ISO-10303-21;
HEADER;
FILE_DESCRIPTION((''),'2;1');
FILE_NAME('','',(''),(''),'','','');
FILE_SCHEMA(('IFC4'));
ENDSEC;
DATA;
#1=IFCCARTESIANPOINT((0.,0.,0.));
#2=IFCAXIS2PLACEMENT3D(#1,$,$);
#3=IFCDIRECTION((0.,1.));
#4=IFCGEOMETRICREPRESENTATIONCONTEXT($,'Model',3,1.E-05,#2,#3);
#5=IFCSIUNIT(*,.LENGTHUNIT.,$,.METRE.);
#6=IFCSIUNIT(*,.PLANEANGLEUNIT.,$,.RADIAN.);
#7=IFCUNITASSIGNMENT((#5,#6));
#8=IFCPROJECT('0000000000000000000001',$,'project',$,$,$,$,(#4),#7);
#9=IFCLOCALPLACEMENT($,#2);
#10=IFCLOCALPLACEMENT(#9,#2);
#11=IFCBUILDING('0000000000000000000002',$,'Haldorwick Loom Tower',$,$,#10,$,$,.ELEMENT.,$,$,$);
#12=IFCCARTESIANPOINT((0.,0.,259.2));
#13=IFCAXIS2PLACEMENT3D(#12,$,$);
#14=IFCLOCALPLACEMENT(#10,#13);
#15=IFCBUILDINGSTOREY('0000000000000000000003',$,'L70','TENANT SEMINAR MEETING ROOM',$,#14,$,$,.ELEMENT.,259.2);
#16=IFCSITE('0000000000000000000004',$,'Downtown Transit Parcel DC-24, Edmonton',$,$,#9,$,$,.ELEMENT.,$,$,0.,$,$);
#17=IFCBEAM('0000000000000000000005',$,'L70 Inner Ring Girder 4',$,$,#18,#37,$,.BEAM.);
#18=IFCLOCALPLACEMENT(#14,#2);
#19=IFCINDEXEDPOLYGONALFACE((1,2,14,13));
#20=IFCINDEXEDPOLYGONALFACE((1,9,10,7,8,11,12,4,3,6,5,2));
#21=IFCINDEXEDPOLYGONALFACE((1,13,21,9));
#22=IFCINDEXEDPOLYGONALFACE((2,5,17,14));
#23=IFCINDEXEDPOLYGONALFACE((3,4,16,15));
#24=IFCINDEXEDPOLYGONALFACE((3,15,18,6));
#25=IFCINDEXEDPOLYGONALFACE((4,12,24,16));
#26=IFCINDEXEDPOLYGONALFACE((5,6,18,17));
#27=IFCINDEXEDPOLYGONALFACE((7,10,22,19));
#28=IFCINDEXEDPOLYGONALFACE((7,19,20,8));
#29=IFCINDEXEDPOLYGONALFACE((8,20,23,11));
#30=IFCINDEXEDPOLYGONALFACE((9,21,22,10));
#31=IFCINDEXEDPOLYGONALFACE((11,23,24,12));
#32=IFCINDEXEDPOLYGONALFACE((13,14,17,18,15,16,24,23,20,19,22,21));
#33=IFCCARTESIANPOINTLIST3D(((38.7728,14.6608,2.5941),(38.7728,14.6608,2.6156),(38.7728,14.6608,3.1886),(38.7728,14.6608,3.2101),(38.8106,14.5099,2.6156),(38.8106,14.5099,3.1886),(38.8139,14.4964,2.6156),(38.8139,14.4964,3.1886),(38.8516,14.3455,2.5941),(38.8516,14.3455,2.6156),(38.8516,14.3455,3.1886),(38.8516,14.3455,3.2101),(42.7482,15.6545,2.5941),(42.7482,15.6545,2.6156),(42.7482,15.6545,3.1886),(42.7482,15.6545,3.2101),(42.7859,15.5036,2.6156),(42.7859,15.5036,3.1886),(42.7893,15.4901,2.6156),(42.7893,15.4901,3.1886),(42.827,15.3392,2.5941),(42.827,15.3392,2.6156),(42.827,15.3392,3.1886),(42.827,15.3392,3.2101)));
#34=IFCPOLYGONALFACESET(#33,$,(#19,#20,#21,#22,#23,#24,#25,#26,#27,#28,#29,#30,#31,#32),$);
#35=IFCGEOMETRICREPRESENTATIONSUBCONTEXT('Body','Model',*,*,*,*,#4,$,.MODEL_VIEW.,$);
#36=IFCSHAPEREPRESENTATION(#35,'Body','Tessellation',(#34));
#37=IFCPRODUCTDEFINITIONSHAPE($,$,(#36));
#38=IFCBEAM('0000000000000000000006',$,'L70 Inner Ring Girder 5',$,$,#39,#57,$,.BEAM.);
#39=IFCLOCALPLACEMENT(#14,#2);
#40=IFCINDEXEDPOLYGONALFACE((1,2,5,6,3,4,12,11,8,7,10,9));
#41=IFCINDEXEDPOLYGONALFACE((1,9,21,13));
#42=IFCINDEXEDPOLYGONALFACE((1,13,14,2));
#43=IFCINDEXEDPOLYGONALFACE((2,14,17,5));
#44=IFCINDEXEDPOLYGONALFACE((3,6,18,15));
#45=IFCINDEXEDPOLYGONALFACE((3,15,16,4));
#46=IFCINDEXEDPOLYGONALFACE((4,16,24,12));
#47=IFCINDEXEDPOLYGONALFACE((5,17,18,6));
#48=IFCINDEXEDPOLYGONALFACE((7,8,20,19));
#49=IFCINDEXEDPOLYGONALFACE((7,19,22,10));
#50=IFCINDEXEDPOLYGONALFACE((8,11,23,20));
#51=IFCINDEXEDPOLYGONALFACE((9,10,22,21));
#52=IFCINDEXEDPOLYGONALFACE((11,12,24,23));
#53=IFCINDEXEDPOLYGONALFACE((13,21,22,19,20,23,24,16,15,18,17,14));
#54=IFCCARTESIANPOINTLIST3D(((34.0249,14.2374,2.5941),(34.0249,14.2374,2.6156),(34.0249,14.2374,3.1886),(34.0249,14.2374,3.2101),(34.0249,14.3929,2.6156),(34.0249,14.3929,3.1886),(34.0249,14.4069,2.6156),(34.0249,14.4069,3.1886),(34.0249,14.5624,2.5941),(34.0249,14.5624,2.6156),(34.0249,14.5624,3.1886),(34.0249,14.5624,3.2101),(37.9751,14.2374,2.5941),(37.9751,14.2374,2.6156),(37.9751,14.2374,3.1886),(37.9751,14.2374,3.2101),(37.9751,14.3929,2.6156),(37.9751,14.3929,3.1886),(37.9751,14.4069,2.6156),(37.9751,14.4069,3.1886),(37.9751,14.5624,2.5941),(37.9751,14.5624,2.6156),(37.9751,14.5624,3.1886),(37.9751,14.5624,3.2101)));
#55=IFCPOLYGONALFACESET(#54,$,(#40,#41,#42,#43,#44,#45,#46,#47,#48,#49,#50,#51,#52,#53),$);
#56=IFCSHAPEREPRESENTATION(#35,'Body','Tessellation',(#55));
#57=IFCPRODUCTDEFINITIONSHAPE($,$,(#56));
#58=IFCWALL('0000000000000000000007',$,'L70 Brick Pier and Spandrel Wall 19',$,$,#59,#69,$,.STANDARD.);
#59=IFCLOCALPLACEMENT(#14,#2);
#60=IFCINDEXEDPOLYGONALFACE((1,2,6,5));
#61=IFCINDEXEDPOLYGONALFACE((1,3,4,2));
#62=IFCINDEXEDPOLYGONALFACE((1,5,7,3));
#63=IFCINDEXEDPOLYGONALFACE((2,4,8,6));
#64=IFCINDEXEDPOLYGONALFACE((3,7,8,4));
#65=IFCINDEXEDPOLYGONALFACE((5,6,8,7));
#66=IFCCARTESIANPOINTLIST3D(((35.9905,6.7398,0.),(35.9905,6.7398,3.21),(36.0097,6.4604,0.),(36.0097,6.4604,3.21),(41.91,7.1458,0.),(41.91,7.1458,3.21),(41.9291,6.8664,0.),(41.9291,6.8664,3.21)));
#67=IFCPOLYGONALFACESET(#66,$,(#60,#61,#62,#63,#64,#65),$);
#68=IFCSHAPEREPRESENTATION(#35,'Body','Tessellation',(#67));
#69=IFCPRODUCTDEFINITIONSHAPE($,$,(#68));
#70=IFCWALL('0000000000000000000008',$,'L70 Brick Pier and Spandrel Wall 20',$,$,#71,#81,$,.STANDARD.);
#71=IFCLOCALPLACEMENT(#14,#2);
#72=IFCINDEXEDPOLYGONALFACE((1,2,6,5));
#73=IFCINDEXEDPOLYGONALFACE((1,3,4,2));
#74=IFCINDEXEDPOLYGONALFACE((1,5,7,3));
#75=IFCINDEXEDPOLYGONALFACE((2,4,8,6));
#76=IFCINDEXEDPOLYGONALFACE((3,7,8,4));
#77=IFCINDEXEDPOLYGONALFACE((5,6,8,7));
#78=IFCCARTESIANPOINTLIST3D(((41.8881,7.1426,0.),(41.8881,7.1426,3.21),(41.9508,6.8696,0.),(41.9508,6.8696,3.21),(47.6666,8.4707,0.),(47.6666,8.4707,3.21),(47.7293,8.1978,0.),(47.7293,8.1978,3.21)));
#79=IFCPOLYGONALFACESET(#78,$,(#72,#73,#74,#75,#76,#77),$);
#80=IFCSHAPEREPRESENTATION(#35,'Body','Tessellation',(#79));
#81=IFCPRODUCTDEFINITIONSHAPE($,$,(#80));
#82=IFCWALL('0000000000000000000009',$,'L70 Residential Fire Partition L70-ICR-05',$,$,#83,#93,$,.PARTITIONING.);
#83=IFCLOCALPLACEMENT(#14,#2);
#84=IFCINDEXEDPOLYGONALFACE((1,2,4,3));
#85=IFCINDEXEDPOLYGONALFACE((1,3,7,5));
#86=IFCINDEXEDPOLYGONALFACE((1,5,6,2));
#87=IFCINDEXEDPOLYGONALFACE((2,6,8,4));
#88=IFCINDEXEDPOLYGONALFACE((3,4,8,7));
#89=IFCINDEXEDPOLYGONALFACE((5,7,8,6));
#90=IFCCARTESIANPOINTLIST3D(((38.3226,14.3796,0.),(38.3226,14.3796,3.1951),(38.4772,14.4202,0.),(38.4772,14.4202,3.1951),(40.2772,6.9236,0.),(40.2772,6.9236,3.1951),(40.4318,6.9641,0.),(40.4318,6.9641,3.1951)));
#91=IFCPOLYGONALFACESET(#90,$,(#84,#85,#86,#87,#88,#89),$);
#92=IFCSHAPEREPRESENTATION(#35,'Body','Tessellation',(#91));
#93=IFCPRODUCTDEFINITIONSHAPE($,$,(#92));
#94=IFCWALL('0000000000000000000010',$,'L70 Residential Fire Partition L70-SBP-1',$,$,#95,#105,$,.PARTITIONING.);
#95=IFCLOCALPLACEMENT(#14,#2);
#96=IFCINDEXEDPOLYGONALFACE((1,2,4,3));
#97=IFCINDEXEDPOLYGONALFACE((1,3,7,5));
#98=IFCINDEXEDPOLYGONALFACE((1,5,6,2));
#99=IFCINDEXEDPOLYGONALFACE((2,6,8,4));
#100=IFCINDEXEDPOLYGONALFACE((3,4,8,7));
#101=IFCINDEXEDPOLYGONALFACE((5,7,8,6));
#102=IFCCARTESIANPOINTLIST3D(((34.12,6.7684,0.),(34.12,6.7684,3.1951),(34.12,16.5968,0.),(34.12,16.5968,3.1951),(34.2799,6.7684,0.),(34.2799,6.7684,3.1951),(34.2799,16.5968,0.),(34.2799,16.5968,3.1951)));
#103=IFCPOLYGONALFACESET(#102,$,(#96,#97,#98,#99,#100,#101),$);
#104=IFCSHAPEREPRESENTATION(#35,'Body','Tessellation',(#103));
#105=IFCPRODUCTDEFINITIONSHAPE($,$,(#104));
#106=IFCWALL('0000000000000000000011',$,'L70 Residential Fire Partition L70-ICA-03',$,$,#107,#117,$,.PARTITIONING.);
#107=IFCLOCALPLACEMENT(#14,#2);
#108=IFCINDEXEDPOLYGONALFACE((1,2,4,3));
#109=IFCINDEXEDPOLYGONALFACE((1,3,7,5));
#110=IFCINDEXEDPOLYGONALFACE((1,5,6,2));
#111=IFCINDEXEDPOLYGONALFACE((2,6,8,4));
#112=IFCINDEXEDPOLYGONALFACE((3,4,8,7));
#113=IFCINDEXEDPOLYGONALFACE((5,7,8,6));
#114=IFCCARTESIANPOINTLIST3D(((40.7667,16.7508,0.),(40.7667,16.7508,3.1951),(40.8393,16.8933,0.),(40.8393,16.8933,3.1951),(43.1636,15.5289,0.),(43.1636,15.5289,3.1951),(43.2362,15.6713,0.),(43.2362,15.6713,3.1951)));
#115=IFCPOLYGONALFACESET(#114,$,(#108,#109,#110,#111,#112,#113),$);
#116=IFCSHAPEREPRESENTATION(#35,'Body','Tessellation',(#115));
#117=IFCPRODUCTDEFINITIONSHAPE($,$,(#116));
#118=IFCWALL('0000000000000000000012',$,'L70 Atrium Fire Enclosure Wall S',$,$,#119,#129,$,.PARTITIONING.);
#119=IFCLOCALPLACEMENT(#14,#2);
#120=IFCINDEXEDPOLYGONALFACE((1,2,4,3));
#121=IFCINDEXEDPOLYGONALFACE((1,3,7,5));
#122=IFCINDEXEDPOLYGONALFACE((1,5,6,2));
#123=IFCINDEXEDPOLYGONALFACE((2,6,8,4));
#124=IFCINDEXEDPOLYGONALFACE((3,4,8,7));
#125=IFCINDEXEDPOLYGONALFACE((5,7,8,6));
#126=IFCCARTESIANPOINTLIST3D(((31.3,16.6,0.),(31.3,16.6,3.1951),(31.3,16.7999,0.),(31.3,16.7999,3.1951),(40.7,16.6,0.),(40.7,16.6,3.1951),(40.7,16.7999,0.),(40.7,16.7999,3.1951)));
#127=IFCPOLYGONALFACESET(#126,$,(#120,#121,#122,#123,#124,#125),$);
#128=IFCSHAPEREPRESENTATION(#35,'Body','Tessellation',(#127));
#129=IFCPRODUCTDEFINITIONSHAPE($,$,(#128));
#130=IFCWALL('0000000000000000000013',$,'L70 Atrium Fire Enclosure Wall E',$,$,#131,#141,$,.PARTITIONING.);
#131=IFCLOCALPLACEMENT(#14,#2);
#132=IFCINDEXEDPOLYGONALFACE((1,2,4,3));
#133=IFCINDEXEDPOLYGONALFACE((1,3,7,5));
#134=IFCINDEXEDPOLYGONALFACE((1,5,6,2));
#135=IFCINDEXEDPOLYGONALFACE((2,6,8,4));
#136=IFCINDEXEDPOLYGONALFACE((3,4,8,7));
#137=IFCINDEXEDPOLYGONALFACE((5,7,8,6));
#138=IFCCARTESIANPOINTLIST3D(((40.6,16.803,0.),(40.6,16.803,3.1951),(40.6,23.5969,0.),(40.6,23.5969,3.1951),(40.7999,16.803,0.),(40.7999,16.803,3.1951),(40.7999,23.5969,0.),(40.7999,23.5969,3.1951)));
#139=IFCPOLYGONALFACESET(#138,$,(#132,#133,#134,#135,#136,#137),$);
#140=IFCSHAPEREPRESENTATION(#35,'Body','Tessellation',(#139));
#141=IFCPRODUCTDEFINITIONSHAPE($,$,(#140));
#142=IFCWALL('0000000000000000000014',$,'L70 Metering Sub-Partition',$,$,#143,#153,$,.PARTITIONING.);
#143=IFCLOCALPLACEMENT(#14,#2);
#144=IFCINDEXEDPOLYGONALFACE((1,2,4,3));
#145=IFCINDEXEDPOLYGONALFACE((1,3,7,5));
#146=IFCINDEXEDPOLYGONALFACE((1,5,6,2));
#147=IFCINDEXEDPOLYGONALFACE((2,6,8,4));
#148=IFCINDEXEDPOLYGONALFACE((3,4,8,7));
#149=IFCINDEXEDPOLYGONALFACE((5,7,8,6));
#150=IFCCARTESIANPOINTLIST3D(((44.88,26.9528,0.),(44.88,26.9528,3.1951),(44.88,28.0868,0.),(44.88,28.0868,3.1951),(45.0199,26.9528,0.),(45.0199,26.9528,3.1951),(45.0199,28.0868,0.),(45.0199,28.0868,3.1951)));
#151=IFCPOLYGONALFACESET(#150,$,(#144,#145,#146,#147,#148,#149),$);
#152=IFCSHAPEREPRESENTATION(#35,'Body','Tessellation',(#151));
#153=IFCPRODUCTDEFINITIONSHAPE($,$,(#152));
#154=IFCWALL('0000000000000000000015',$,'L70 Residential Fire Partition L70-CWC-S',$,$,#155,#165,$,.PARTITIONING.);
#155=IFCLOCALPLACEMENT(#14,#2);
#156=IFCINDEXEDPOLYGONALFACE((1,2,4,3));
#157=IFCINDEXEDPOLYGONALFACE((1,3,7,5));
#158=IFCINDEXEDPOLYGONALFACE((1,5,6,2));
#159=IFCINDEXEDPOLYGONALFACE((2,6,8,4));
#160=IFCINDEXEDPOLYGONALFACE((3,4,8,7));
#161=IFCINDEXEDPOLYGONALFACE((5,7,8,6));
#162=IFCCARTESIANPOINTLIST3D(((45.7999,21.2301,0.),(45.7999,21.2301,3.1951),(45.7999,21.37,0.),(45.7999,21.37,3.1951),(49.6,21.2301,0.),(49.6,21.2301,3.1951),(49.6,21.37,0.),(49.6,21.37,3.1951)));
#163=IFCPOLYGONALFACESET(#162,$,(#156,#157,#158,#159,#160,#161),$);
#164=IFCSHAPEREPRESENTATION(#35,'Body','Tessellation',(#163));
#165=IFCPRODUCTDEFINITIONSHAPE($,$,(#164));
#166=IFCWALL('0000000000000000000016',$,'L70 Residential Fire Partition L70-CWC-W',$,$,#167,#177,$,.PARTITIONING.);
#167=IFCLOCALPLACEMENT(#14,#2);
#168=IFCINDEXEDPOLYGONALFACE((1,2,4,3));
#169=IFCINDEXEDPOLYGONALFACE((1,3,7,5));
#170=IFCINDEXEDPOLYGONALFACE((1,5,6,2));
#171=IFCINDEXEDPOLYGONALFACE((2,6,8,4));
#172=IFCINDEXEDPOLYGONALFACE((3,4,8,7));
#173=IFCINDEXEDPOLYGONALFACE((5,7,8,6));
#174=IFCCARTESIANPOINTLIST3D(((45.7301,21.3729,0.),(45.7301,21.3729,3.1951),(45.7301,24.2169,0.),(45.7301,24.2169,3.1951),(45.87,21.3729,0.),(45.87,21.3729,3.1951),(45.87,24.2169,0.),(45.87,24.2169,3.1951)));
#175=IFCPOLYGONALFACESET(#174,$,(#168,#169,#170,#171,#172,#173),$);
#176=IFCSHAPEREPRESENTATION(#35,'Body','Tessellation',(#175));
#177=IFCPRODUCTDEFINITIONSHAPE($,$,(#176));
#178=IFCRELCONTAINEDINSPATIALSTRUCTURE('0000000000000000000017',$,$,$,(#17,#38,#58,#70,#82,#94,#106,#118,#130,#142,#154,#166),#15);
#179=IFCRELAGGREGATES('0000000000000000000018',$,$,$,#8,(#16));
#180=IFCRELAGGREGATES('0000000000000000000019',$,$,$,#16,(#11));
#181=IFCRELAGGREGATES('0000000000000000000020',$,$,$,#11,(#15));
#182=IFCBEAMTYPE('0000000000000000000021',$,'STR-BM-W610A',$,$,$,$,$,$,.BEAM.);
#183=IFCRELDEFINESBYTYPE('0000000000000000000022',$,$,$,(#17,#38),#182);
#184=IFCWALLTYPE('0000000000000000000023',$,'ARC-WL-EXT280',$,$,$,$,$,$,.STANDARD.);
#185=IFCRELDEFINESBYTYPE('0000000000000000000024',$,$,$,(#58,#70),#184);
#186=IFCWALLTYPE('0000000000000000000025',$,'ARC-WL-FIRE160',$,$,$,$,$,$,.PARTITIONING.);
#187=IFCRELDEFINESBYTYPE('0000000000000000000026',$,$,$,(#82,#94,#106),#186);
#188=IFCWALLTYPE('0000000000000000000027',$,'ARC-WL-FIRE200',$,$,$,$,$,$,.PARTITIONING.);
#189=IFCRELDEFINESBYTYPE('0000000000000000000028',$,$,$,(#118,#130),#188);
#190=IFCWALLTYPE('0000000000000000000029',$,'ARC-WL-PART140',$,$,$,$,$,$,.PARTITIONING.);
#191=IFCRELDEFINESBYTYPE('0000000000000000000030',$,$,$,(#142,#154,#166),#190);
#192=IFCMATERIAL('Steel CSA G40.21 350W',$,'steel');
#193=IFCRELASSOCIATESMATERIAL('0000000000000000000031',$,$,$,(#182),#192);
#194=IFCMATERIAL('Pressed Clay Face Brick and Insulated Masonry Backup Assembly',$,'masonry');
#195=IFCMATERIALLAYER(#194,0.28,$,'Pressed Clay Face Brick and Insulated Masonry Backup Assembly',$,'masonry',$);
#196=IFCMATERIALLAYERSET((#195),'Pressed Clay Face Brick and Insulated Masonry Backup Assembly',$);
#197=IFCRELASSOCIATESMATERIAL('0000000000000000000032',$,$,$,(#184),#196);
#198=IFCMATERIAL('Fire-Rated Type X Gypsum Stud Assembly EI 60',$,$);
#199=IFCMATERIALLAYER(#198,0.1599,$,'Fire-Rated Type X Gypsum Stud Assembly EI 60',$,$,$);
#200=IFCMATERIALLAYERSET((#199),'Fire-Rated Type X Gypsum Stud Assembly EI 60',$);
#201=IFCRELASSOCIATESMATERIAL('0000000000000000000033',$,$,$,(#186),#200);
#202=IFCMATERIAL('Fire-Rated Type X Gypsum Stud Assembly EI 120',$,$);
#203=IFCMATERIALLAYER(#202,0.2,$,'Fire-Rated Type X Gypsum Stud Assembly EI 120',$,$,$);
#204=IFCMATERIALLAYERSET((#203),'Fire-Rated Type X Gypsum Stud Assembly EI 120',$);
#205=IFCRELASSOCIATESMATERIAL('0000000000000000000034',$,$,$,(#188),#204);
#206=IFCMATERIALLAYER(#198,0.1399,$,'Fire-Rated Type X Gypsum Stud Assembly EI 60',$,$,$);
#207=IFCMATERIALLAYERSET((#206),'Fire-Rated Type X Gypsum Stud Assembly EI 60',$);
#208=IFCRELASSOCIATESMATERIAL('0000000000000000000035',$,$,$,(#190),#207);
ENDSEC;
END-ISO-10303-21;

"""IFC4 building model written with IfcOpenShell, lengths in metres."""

from ifc_helpers import new_model, si_unit, direction, frame, frame_2d, origin, origin_2d, place, context, subcontext, project, spatial, rectangle, i_section, extrude, material, layer, layer_set, material_profile, profile_set, type_object, element, save


model = new_model("IFC4")

# Units and contexts
model_context = context("Model", 3, precision=1e-05, world=origin(), true_north=direction((0.0, 1.0)))
body_context = subcontext(model_context, "Body", "Model", "MODEL_VIEW")
ifc_project = project(units=[si_unit("LENGTHUNIT", "METRE"), si_unit("PLANEANGLEUNIT", "RADIAN")], contexts=[model_context])

# Site, building, storey
site_placement = place(None, origin())
site = spatial("IfcSite", under=ifc_project, at=site_placement, Name="Downtown Transit Parcel DC-24, Edmonton", CompositionType="ELEMENT", RefElevation=0.0)
building_placement = place(site_placement, origin())
building = spatial("IfcBuilding", under=site, at=building_placement, Name="Haldorwick Loom Tower", CompositionType="ELEMENT")
storey_placement = place(building_placement, frame((0.0, 0.0, 259.2)))
storey = spatial("IfcBuildingStorey", under=building, at=storey_placement, Name="L70", Description="TENANT SEMINAR MEETING ROOM", CompositionType="ELEMENT", Elevation=259.2)

# Shared definitions
ifc_material_1 = material(Name="Steel CSA G40.21 350W", Category="steel")

# Beams
ifc_material_profile_1 = material_profile(ifc_material_1, i_section(OverallWidth=0.325, OverallDepth=0.616, WebThickness=0.0139, FlangeThickness=0.0215, at=origin_2d()), Name="W610X174", Category="steel")
ifc_profile_set_1 = profile_set([ifc_material_profile_1], Name="Steel CSA G40.21 350W")
beam_type_1 = type_object("IfcBeamType", Name="STR-BM-W610A", PredefinedType="BEAM", material=ifc_profile_set_1)
beam_1_placement = place(storey_placement, frame((42.7876, 15.4968, 2.9021), z_axis=(-0.970153, -0.242494, 0.0), x_axis=(0.242494, -0.970153, 0.0)))
element("IfcBeam", 1, at=beam_1_placement, inside=storey, type_object=beam_type_1, Name="L70 Inner Ring Girder 4", PredefinedType="BEAM", context=body_context, shape_type="SweptSolid", body=[
    extrude(i_section(OverallWidth=0.325, OverallDepth=0.616, WebThickness=0.0139, FlangeThickness=0.0215, at=origin_2d()), origin(), (0.0, 0.0, 1.0), 4.0977),
])
beam_2_placement = place(storey_placement, frame((37.9751, 14.3999, 2.9021), z_axis=(-1.0, 0.0, 0.0), x_axis=(0.0, -1.0, 0.0)))
element("IfcBeam", 2, at=beam_2_placement, inside=storey, type_object=beam_type_1, Name="L70 Inner Ring Girder 5", PredefinedType="BEAM", context=body_context, shape_type="SweptSolid", body=[
    extrude(i_section(OverallWidth=0.325, OverallDepth=0.616, WebThickness=0.0139, FlangeThickness=0.0215, at=origin_2d()), origin(), (0.0, 0.0, 1.0), 3.9502),
])

# Walls
ifc_material_2 = material(Name="Pressed Clay Face Brick and Insulated Masonry Backup Assembly", Category="masonry")
ifc_layer_1 = layer(ifc_material_2, 0.28, Name="Pressed Clay Face Brick and Insulated Masonry Backup Assembly", Category="masonry")
ifc_layer_set_1 = layer_set([ifc_layer_1], Name="Pressed Clay Face Brick and Insulated Masonry Backup Assembly")
wall_type_1 = type_object("IfcWallType", Name="ARC-WL-EXT280", PredefinedType="STANDARD", material=ifc_layer_set_1)
wall_1_placement = place(storey_placement, frame((36.0, 6.6001, 0.0), z_axis=(0.0, 0.0, 1.0), x_axis=(0.997656, 0.068428, 0.0)))
element("IfcWall", 3, at=wall_1_placement, inside=storey, type_object=wall_type_1, Name="L70 Brick Pier and Spandrel Wall 19", PredefinedType="STANDARD", context=body_context, shape_type="SweptSolid", body=[
    extrude(rectangle(XDim=5.9333, YDim=0.28, at=frame_2d((2.9668, 0.0))), origin(), (0.0, 0.0, 1.0), 3.21),
])
wall_2_placement = place(storey_placement, frame((41.9194, 7.0061, 0.0), z_axis=(0.0, 0.0, 1.0), x_axis=(0.97459, 0.223996, 0.0)))
element("IfcWall", 4, at=wall_2_placement, inside=storey, type_object=wall_type_1, Name="L70 Brick Pier and Spandrel Wall 20", PredefinedType="STANDARD", context=body_context, shape_type="SweptSolid", body=[
    extrude(rectangle(XDim=5.9292, YDim=0.28, at=frame_2d((2.9646, 0.0))), origin(), (0.0, 0.0, 1.0), 3.21),
])
ifc_material_3 = material(Name="Fire-Rated Type X Gypsum Stud Assembly EI 60")
ifc_layer_2 = layer(ifc_material_3, 0.1599, Name="Fire-Rated Type X Gypsum Stud Assembly EI 60")
ifc_layer_set_2 = layer_set([ifc_layer_2], Name="Fire-Rated Type X Gypsum Stud Assembly EI 60")
wall_type_2 = type_object("IfcWallType", Name="ARC-WL-FIRE160", PredefinedType="PARTITIONING", material=ifc_layer_set_2)
wall_3_placement = place(storey_placement, frame((38.3999, 14.3999, 0.0), z_axis=(0.0, 0.0, 1.0), x_axis=(0.25358, -0.967315, 0.0)))
element("IfcWall", 5, at=wall_3_placement, inside=storey, type_object=wall_type_2, Name="L70 Residential Fire Partition L70-ICR-05", PredefinedType="PARTITIONING", context=body_context, shape_type="SweptSolid", body=[
    extrude(rectangle(XDim=7.708, YDim=0.1599, at=frame_2d((3.854, 0.0))), origin(), (0.0, 0.0, 1.0), 3.1951),
])
wall_4_placement = place(storey_placement, frame((34.2, 6.7686, 0.0), z_axis=(0.0, 0.0, 1.0), x_axis=(0.0, 1.0, 0.0)))
element("IfcWall", 6, at=wall_4_placement, inside=storey, type_object=wall_type_2, Name="L70 Residential Fire Partition L70-SBP-1", PredefinedType="PARTITIONING", context=body_context, shape_type="SweptSolid", body=[
    extrude(rectangle(XDim=9.8284, YDim=0.1599, at=frame_2d((4.9141, 0.0))), origin(), (0.0, 0.0, 1.0), 3.1951),
])
wall_5_placement = place(storey_placement, frame((40.803, 16.822, 0.0), z_axis=(0.0, 0.0, 1.0), x_axis=(0.890916, -0.454169, 0.0)))
element("IfcWall", 7, at=wall_5_placement, inside=storey, type_object=wall_type_2, Name="L70 Residential Fire Partition L70-ICA-03", PredefinedType="PARTITIONING", context=body_context, shape_type="SweptSolid", body=[
    extrude(rectangle(XDim=2.6904, YDim=0.1599, at=frame_2d((1.3452, 0.0))), origin(), (0.0, 0.0, 1.0), 3.1951),
])
ifc_material_4 = material(Name="Fire-Rated Type X Gypsum Stud Assembly EI 120")
ifc_layer_3 = layer(ifc_material_4, 0.2, Name="Fire-Rated Type X Gypsum Stud Assembly EI 120")
ifc_layer_set_3 = layer_set([ifc_layer_3], Name="Fire-Rated Type X Gypsum Stud Assembly EI 120")
wall_type_3 = type_object("IfcWallType", Name="ARC-WL-FIRE200", PredefinedType="PARTITIONING", material=ifc_layer_set_3)
wall_6_placement = place(storey_placement, frame((40.7, 16.7, 0.0), z_axis=(0.0, 0.0, 1.0), x_axis=(-1.0, 0.0, 0.0)))
element("IfcWall", 8, at=wall_6_placement, inside=storey, type_object=wall_type_3, Name="L70 Atrium Fire Enclosure Wall S", PredefinedType="PARTITIONING", context=body_context, shape_type="SweptSolid", body=[
    extrude(rectangle(XDim=9.3999, YDim=0.2, at=frame_2d((4.7, 0.0))), origin(), (0.0, 0.0, 1.0), 3.1951),
])
wall_7_placement = place(storey_placement, frame((40.7, 23.5969, 0.0), z_axis=(0.0, 0.0, 1.0), x_axis=(0.0, -1.0, 0.0)))
element("IfcWall", 9, at=wall_7_placement, inside=storey, type_object=wall_type_3, Name="L70 Atrium Fire Enclosure Wall E", PredefinedType="PARTITIONING", context=body_context, shape_type="SweptSolid", body=[
    extrude(rectangle(XDim=6.7939, YDim=0.2, at=frame_2d((3.397, 0.0))), origin(), (0.0, 0.0, 1.0), 3.1951),
])
ifc_layer_4 = layer(ifc_material_3, 0.1399, Name="Fire-Rated Type X Gypsum Stud Assembly EI 60")
ifc_layer_set_4 = layer_set([ifc_layer_4], Name="Fire-Rated Type X Gypsum Stud Assembly EI 60")
wall_type_4 = type_object("IfcWallType", Name="ARC-WL-PART140", PredefinedType="PARTITIONING", material=ifc_layer_set_4)
wall_8_placement = place(storey_placement, frame((44.95, 26.9529, 0.0), z_axis=(0.0, 0.0, 1.0), x_axis=(0.0, 1.0, 0.0)))
element("IfcWall", 10, at=wall_8_placement, inside=storey, type_object=wall_type_4, Name="L70 Metering Sub-Partition", PredefinedType="PARTITIONING", context=body_context, shape_type="SweptSolid", body=[
    extrude(rectangle(XDim=1.134, YDim=0.1399, at=frame_2d((0.5669, 0.0))), origin(), (0.0, 0.0, 1.0), 3.1951),
])
wall_9_placement = place(storey_placement, frame((45.8, 21.3, 0.0), z_axis=(0.0, 0.0, 1.0), x_axis=(1.0, 0.0, 0.0)))
element("IfcWall", 11, at=wall_9_placement, inside=storey, type_object=wall_type_4, Name="L70 Residential Fire Partition L70-CWC-S", PredefinedType="PARTITIONING", context=body_context, shape_type="SweptSolid", body=[
    extrude(rectangle(XDim=3.8, YDim=0.1399, at=frame_2d((1.8999, 0.0))), origin(), (0.0, 0.0, 1.0), 3.1951),
])
wall_10_placement = place(storey_placement, frame((45.8, 21.373, 0.0), z_axis=(0.0, 0.0, 1.0), x_axis=(0.0, 1.0, 0.0)))
element("IfcWall", 12, at=wall_10_placement, inside=storey, type_object=wall_type_4, Name="L70 Residential Fire Partition L70-CWC-W", PredefinedType="PARTITIONING", context=body_context, shape_type="SweptSolid", body=[
    extrude(rectangle(XDim=2.844, YDim=0.1399, at=frame_2d((1.4219, 0.0))), origin(), (0.0, 0.0, 1.0), 3.1951),
])

save(model, "model.ifc")
